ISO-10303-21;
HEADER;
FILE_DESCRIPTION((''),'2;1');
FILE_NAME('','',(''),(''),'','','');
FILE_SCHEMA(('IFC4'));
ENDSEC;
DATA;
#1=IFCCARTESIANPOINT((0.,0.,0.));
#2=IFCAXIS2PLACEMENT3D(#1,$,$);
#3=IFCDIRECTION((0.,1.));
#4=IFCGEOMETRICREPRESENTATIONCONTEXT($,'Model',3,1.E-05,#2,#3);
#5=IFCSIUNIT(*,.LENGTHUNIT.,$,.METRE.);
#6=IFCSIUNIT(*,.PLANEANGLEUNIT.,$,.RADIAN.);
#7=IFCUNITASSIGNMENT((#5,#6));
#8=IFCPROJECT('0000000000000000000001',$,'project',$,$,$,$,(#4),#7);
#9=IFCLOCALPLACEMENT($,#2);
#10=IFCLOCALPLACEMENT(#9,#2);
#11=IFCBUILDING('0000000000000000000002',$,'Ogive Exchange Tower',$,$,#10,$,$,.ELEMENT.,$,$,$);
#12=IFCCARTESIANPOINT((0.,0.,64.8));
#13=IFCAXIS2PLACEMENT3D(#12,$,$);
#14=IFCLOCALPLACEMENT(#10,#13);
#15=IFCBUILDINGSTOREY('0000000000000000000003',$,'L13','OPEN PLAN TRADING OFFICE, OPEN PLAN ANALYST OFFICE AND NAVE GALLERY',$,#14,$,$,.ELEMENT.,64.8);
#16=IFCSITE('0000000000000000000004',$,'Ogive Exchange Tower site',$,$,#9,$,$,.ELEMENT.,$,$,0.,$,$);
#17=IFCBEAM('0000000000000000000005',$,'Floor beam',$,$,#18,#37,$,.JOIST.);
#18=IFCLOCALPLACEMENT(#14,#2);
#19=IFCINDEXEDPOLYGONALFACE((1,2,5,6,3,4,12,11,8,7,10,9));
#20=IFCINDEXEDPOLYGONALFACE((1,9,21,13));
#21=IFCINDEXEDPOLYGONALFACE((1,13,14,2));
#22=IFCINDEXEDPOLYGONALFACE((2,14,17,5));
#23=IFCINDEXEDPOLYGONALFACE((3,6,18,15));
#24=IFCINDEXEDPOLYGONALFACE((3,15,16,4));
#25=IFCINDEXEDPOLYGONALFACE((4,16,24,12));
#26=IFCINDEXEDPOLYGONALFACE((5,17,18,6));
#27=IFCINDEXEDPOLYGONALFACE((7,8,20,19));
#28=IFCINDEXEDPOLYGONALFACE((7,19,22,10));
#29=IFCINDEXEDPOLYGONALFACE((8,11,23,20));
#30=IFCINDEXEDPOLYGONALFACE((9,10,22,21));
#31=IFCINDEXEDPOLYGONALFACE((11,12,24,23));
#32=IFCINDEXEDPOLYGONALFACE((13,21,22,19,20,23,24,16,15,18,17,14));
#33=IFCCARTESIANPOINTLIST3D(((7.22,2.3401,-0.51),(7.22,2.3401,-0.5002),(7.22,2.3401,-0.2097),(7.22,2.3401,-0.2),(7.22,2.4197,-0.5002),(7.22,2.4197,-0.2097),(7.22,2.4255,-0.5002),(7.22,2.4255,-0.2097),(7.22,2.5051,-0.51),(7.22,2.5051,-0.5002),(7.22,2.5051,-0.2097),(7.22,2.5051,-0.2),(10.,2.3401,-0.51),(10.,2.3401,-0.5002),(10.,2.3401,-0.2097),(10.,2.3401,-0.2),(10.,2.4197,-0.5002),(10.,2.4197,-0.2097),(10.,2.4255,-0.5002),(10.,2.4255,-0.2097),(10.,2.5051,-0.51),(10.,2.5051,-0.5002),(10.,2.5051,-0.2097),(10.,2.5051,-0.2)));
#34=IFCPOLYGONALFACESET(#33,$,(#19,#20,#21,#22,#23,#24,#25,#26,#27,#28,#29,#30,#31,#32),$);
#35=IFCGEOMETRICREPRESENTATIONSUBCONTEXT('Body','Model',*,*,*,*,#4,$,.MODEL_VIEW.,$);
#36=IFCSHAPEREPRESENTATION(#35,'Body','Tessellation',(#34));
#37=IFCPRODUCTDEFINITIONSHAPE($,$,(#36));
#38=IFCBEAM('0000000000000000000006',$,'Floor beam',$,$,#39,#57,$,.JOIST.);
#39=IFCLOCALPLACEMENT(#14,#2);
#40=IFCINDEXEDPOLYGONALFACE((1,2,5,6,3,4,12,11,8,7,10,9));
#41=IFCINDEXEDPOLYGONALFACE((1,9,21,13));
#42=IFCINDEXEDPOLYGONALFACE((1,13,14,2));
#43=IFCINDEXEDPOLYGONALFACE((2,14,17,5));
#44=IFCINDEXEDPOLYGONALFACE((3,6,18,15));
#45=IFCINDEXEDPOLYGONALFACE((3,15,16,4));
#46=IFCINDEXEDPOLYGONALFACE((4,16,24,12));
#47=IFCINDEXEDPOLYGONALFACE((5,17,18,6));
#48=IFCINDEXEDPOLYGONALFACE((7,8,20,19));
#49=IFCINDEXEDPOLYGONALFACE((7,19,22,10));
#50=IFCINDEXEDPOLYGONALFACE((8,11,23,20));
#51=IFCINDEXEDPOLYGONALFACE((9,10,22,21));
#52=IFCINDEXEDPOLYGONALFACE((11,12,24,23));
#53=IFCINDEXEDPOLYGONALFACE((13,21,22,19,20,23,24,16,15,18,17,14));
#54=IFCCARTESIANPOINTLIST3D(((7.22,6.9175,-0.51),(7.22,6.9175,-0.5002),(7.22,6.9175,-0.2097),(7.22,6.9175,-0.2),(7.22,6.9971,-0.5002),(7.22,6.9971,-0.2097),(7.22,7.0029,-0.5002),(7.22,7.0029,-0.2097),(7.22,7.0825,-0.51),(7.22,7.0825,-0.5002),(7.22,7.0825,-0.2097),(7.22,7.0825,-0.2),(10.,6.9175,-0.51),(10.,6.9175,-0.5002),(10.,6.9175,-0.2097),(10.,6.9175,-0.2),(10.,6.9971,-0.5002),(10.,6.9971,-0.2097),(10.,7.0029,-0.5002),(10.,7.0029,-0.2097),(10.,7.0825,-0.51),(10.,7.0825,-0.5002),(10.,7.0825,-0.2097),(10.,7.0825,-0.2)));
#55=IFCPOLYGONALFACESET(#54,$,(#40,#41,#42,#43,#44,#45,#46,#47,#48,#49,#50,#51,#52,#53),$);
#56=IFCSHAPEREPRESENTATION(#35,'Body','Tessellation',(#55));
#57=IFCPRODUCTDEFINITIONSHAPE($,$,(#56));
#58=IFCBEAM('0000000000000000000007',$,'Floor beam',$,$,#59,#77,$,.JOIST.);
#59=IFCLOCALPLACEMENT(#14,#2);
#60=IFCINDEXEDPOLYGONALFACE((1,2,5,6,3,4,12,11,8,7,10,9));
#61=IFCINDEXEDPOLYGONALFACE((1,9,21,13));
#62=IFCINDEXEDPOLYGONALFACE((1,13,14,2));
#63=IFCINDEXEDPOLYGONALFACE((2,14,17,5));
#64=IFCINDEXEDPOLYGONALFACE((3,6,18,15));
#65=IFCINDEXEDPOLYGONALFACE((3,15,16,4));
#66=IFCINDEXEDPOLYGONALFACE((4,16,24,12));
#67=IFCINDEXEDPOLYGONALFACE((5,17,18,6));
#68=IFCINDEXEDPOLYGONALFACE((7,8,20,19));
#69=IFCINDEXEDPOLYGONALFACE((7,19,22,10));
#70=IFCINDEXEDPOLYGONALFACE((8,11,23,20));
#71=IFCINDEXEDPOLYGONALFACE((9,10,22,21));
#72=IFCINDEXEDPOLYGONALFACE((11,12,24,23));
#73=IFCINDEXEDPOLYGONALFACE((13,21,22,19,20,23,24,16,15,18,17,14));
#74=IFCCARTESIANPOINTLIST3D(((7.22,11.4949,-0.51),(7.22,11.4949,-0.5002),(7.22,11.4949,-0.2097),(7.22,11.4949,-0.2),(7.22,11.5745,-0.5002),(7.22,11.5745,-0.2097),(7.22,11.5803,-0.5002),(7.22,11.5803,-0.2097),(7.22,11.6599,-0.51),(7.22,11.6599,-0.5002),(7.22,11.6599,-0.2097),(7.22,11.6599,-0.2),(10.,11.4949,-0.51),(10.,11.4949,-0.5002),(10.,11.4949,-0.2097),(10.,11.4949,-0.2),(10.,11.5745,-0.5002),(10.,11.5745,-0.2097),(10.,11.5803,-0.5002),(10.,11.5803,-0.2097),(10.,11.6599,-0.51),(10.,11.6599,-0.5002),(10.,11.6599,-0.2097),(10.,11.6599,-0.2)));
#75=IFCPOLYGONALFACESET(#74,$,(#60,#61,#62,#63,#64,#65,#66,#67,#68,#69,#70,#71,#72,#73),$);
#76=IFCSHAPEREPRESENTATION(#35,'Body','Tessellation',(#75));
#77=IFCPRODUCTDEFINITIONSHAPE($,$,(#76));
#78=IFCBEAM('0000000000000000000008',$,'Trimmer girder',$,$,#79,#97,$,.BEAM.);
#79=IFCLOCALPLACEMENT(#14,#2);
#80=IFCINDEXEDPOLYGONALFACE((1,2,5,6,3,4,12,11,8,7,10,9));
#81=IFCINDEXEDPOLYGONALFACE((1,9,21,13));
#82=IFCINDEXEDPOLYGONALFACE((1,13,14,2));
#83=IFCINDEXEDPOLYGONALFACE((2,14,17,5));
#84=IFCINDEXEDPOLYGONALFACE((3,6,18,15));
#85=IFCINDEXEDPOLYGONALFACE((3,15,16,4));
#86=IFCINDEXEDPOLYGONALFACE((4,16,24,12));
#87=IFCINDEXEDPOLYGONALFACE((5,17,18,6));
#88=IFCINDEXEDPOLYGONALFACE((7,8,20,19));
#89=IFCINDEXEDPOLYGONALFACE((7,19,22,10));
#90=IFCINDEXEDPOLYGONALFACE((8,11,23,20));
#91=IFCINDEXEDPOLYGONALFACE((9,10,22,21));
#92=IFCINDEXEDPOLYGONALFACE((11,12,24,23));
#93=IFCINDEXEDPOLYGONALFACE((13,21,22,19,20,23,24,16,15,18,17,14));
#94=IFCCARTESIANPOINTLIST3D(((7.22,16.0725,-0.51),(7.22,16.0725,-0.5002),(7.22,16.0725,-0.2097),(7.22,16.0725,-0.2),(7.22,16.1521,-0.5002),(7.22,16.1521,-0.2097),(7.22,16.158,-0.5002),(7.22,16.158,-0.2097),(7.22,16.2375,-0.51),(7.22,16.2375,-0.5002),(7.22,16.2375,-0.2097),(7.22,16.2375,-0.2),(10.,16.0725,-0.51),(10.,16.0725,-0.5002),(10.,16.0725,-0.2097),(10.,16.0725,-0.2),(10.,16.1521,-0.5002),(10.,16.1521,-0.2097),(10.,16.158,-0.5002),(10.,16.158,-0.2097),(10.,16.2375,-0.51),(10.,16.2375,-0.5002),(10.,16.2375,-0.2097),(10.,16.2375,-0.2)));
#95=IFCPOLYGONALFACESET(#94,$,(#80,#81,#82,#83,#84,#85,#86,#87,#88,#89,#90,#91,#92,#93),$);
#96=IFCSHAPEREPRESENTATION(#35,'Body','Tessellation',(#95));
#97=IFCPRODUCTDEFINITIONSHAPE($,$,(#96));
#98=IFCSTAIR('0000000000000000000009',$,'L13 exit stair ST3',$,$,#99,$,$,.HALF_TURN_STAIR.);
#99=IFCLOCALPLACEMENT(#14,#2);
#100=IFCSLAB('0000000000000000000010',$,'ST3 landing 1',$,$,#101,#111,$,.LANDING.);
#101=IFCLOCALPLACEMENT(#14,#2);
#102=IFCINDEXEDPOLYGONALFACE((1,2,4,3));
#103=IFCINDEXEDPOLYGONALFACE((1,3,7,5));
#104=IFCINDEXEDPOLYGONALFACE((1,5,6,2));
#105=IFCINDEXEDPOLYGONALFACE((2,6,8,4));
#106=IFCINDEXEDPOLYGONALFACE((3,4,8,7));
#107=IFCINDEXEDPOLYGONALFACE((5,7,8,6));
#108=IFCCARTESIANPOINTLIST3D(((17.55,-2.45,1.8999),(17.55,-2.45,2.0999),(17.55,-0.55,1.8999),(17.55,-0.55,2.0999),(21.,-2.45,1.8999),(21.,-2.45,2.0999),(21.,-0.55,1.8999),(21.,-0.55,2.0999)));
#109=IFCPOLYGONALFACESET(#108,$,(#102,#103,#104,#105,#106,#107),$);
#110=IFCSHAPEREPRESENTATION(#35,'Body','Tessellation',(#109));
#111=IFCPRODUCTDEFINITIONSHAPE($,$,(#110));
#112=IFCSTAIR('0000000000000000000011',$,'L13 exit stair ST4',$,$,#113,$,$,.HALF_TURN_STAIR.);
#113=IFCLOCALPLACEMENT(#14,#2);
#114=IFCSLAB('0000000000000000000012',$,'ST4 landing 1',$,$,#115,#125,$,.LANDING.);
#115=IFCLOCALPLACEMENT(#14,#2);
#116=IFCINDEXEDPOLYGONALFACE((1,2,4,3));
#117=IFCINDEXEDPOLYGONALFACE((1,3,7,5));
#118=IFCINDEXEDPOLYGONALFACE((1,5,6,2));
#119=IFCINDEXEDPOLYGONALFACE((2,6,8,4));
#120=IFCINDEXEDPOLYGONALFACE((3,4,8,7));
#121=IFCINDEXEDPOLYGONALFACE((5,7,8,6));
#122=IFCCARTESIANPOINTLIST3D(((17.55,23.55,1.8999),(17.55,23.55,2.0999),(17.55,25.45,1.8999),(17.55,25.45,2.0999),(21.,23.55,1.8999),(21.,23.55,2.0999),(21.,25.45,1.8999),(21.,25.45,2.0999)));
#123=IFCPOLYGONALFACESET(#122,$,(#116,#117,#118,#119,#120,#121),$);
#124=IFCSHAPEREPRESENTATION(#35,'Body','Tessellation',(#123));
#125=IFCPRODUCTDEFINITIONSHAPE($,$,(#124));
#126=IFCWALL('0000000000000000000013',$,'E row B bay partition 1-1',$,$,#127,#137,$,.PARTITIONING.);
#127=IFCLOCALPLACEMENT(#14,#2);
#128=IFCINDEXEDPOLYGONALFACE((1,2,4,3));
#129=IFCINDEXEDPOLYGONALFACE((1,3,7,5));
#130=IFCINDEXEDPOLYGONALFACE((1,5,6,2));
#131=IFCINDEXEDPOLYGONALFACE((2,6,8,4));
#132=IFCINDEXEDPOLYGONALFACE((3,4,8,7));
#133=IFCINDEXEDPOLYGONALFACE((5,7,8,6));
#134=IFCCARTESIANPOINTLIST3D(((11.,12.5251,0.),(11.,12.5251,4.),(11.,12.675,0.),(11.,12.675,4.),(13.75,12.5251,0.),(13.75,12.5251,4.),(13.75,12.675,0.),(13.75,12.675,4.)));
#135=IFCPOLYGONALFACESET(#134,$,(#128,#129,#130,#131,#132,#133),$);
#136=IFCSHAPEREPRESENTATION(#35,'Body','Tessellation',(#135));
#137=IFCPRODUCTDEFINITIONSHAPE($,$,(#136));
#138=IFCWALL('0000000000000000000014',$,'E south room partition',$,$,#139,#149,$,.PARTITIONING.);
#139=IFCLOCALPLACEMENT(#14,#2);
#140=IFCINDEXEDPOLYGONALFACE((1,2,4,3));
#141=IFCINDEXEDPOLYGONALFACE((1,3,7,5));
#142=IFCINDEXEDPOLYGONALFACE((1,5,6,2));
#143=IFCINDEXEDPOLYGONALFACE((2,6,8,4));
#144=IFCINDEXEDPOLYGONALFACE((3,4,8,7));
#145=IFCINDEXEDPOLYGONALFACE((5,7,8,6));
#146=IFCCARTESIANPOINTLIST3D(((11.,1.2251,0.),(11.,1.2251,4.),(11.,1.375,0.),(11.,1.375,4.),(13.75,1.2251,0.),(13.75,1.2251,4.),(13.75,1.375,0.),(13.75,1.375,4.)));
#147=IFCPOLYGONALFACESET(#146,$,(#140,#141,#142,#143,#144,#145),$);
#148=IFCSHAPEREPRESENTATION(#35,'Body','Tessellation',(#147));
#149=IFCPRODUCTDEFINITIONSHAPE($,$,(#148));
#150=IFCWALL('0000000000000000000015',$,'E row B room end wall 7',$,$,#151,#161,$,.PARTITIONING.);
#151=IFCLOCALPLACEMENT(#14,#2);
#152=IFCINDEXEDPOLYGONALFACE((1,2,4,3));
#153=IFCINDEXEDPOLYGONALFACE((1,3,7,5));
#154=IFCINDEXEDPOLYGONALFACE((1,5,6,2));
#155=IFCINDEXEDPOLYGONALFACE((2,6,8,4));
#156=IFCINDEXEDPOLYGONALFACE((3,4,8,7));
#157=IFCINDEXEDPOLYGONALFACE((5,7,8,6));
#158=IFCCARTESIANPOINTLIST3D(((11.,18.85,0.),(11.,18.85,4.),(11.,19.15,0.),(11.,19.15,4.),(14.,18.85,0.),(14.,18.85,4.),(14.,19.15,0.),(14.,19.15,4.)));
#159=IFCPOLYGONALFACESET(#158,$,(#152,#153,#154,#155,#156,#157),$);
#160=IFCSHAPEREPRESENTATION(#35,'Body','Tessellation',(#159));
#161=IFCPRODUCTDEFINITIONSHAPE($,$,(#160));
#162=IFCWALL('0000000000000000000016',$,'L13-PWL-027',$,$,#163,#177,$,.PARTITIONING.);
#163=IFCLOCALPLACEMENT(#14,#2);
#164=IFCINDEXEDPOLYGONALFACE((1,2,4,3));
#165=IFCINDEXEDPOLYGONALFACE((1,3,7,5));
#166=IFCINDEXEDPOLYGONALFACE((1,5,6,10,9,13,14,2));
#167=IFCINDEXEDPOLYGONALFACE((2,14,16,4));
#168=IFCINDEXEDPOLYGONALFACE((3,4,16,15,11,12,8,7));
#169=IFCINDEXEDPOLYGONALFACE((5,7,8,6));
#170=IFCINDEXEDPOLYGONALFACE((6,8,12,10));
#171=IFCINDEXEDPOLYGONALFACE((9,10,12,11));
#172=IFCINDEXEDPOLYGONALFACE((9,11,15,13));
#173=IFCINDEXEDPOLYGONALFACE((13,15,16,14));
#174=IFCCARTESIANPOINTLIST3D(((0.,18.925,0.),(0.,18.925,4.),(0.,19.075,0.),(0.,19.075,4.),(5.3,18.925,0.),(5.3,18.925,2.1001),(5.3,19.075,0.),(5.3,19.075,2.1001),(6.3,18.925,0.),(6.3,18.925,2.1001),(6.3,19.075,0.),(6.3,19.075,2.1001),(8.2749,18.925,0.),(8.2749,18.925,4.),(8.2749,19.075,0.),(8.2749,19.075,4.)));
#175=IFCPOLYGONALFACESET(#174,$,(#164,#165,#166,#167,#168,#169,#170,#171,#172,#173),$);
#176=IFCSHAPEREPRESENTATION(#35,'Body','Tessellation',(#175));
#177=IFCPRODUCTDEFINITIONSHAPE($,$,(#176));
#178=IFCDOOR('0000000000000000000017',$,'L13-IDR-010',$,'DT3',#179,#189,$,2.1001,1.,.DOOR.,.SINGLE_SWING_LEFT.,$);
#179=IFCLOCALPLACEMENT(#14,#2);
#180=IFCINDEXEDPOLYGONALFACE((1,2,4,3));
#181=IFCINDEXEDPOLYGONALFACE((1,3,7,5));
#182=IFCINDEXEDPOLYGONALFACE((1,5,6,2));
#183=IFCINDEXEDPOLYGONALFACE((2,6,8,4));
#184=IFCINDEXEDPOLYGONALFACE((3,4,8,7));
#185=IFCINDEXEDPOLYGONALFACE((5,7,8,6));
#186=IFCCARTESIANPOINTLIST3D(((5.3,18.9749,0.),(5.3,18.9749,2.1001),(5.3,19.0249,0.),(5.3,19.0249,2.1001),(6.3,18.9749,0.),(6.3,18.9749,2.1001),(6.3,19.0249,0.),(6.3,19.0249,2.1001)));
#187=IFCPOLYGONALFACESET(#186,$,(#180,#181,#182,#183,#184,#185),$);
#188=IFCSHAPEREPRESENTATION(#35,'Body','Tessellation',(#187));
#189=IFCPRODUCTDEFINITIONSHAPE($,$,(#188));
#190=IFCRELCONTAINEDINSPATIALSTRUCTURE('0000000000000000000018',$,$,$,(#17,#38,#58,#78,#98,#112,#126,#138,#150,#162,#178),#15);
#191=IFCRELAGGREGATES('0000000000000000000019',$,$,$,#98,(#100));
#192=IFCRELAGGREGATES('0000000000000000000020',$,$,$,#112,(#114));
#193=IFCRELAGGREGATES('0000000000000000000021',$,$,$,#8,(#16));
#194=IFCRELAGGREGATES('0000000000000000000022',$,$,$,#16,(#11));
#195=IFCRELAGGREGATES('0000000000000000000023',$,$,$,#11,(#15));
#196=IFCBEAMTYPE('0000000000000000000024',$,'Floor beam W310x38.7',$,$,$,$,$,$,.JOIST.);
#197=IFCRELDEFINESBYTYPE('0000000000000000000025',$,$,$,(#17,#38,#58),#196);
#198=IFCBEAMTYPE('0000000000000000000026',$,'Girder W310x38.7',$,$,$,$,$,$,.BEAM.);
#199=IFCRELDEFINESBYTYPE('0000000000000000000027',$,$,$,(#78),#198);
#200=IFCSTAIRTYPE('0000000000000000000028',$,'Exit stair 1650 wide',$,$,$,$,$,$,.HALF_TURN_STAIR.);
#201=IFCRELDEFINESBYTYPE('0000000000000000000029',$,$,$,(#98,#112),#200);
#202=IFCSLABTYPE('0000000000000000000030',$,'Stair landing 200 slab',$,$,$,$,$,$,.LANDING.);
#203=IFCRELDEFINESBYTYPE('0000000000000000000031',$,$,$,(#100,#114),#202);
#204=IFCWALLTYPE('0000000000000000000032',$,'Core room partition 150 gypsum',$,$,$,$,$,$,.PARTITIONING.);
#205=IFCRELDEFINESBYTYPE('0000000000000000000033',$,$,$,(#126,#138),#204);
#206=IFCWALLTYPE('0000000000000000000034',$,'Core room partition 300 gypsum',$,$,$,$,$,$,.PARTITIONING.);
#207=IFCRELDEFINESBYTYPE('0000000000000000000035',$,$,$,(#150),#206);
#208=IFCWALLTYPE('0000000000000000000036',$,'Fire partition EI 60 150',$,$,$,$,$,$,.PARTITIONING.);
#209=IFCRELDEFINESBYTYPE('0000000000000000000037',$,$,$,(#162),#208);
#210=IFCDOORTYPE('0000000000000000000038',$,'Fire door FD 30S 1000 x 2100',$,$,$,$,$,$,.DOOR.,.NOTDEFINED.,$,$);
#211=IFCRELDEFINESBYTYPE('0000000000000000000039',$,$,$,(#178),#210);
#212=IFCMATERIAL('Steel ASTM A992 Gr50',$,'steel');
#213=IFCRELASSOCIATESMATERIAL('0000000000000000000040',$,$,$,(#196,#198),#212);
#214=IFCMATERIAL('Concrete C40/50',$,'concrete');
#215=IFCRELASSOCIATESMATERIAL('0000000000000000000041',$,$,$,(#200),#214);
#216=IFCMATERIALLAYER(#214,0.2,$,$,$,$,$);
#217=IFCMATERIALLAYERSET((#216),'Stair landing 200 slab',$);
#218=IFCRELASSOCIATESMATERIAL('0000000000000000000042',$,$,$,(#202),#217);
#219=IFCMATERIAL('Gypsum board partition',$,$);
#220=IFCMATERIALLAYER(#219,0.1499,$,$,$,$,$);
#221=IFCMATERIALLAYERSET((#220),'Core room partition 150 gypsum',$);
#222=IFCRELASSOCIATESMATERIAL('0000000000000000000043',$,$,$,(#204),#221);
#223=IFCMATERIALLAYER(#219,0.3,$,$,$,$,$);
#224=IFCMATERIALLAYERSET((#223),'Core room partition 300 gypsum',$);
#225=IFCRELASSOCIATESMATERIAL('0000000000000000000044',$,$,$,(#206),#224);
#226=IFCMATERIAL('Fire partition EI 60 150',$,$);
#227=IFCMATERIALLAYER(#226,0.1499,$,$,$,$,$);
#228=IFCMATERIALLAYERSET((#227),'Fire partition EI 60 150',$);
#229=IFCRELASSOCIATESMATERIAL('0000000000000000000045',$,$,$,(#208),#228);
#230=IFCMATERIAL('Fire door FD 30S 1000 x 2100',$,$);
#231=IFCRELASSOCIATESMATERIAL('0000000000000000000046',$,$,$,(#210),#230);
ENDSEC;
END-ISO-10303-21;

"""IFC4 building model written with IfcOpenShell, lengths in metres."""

from ifc_helpers import new_model, si_unit, direction, frame, frame_2d, origin, origin_2d, place, context, subcontext, project, spatial, polyline, rectangle, i_section, outline, extrude, material, layer, layer_set, material_profile, profile_set, type_object, element, fill, aggregate, save


model = new_model("IFC4")

# Units and contexts
model_context = context("Model", 3, precision=1e-05, world=origin(), true_north=direction((0.0, 1.0)))
body_context = subcontext(model_context, "Body", "Model", "MODEL_VIEW")
ifc_project = project(units=[si_unit("LENGTHUNIT", "METRE"), si_unit("PLANEANGLEUNIT", "RADIAN")], contexts=[model_context])

# Site, building, storey
site_placement = place(None, origin())
site = spatial("IfcSite", under=ifc_project, at=site_placement, Name="Ogive Exchange Tower site", CompositionType="ELEMENT", RefElevation=0.0)
building_placement = place(site_placement, origin())
building = spatial("IfcBuilding", under=site, at=building_placement, Name="Ogive Exchange Tower", CompositionType="ELEMENT")
storey_placement = place(building_placement, frame((0.0, 0.0, 64.8)))
storey = spatial("IfcBuildingStorey", under=building, at=storey_placement, Name="L13", Description="OPEN PLAN TRADING OFFICE, OPEN PLAN ANALYST OFFICE AND NAVE GALLERY", CompositionType="ELEMENT", Elevation=64.8)

# Beams
ifc_material_1 = material(Name="Steel ASTM A992 Gr50", Category="steel")
ifc_material_profile_1 = material_profile(ifc_material_1, i_section(OverallWidth=0.165, OverallDepth=0.3101, WebThickness=0.0059, FlangeThickness=0.0098, at=origin_2d()), Name="W310x38.7")
ifc_profile_set_1 = profile_set([ifc_material_profile_1], Name="Steel ASTM A992 Gr50")
beam_type_1 = type_object("IfcBeamType", Name="Floor beam W310x38.7", PredefinedType="JOIST", material=ifc_profile_set_1)
for number, where, z_axis, x_axis, name in (
    (1, (7.22, 2.4226, -0.355), (1.0, 0.0, 0.0), (0.0, 1.0, 0.0), "Floor beam"),
    (2, (7.22, 7.0, -0.355), (1.0, 0.0, 0.0), (0.0, 1.0, 0.0), "Floor beam"),
    (3, (7.22, 11.5774, -0.355), (1.0, 0.0, 0.0), (0.0, 1.0, 0.0), "Floor beam"),
):
    element("IfcBeam", number, at=place(storey_placement, frame(where, z_axis=z_axis, x_axis=x_axis)), inside=storey, type_object=beam_type_1, Name=name, PredefinedType="JOIST", context=body_context, shape_type="SweptSolid", body=[
        extrude(i_section(OverallWidth=0.165, OverallDepth=0.3101, WebThickness=0.0059, FlangeThickness=0.0098, at=origin_2d()), origin(), (0.0, 0.0, 1.0), 2.78),
    ])
ifc_material_profile_2 = material_profile(ifc_material_1, i_section(OverallWidth=0.165, OverallDepth=0.3101, WebThickness=0.0059, FlangeThickness=0.0098, at=origin_2d()), Name="W310x38.7")
ifc_profile_set_2 = profile_set([ifc_material_profile_2], Name="Steel ASTM A992 Gr50")
beam_type_2 = type_object("IfcBeamType", Name="Girder W310x38.7", PredefinedType="BEAM", material=ifc_profile_set_2)
beam_placement = place(storey_placement, frame((7.22, 16.155, -0.355), z_axis=(1.0, 0.0, 0.0), x_axis=(0.0, 1.0, 0.0)))
element("IfcBeam", 4, at=beam_placement, inside=storey, type_object=beam_type_2, Name="Trimmer girder", PredefinedType="BEAM", context=body_context, shape_type="SweptSolid", body=[
    extrude(i_section(OverallWidth=0.165, OverallDepth=0.3101, WebThickness=0.0059, FlangeThickness=0.0098, at=origin_2d()), origin(), (0.0, 0.0, 1.0), 2.78),
])

# Stairs, slabs
ifc_material_2 = material(Name="Concrete C40/50", Category="concrete")
stair_type = type_object("IfcStairType", Name="Exit stair 1650 wide", PredefinedType="HALF_TURN_STAIR", material=ifc_material_2)
stair_1_placement = place(storey_placement, origin())
stair_1 = element("IfcStair", 5, at=stair_1_placement, inside=storey, type_object=stair_type, Name="L13 exit stair ST3", PredefinedType="HALF_TURN_STAIR")
ifc_layer_1 = layer(ifc_material_2, 0.2)
ifc_layer_set_1 = layer_set([ifc_layer_1], Name="Stair landing 200 slab")
slab_type = type_object("IfcSlabType", Name="Stair landing 200 slab", PredefinedType="LANDING", material=ifc_layer_set_1)
slab_1_placement = place(storey_placement, frame((0.0, 0.0, 1.8999)))
slab_1 = element("IfcSlab", 6, at=slab_1_placement, type_object=slab_type, Name="ST3 landing 1", PredefinedType="LANDING", context=body_context, shape_type="SweptSolid", body=[
    extrude(outline(polyline([(17.55, -0.55), (17.55, -2.45), (21.0, -2.45), (21.0, -0.55), (17.55, -0.55)])), origin(), (0.0, 0.0, 1.0), 0.2),
])
aggregate(stair_1, [slab_1])
stair_2_placement = place(storey_placement, origin())
stair_2 = element("IfcStair", 7, at=stair_2_placement, inside=storey, type_object=stair_type, Name="L13 exit stair ST4", PredefinedType="HALF_TURN_STAIR")
slab_2_placement = place(storey_placement, frame((0.0, 0.0, 1.8999)))
slab_2 = element("IfcSlab", 8, at=slab_2_placement, type_object=slab_type, Name="ST4 landing 1", PredefinedType="LANDING", context=body_context, shape_type="SweptSolid", body=[
    extrude(outline(polyline([(21.0, 23.55), (21.0, 25.45), (17.55, 25.45), (17.55, 23.55), (21.0, 23.55)])), origin(), (0.0, 0.0, 1.0), 0.2),
])
aggregate(stair_2, [slab_2])

# Walls
ifc_material_3 = material(Name="Gypsum board partition")
ifc_layer_2 = layer(ifc_material_3, 0.1499)
ifc_layer_set_2 = layer_set([ifc_layer_2], Name="Core room partition 150 gypsum")
wall_type_1 = type_object("IfcWallType", Name="Core room partition 150 gypsum", PredefinedType="PARTITIONING", material=ifc_layer_set_2)
for number, where, z_axis, x_axis, name in (
    (9, (11.0, 12.6001, 0.0), (0.0, 0.0, 1.0), (1.0, 0.0, 0.0), "E row B bay partition 1-1"),
    (10, (11.0, 1.3, 0.0), (0.0, 0.0, 1.0), (1.0, 0.0, 0.0), "E south room partition"),
):
    element("IfcWall", number, at=place(storey_placement, frame(where, z_axis=z_axis, x_axis=x_axis)), inside=storey, type_object=wall_type_1, Name=name, PredefinedType="PARTITIONING", context=body_context, shape_type="SweptSolid", body=[
        extrude(rectangle(XDim=2.75, YDim=0.1499, at=frame_2d((1.375, 0.0))), origin(), (0.0, 0.0, 1.0), 4.0),
    ])
ifc_layer_3 = layer(ifc_material_3, 0.3)
ifc_layer_set_3 = layer_set([ifc_layer_3], Name="Core room partition 300 gypsum")
wall_type_2 = type_object("IfcWallType", Name="Core room partition 300 gypsum", PredefinedType="PARTITIONING", material=ifc_layer_set_3)
wall_1_placement = place(storey_placement, frame((11.0, 19.0, 0.0), z_axis=(0.0, 0.0, 1.0), x_axis=(1.0, 0.0, 0.0)))
element("IfcWall", 11, at=wall_1_placement, inside=storey, type_object=wall_type_2, Name="E row B room end wall 7", PredefinedType="PARTITIONING", context=body_context, shape_type="SweptSolid", body=[
    extrude(rectangle(XDim=3.0, YDim=0.3, at=frame_2d((1.5, 0.0))), origin(), (0.0, 0.0, 1.0), 4.0),
])

# Wall, opening, door
ifc_material_4 = material(Name="Fire partition EI 60 150")
ifc_layer_4 = layer(ifc_material_4, 0.1499)
ifc_layer_set_4 = layer_set([ifc_layer_4], Name="Fire partition EI 60 150")
wall_type_3 = type_object("IfcWallType", Name="Fire partition EI 60 150", PredefinedType="PARTITIONING", material=ifc_layer_set_4)
wall_2_placement = place(storey_placement, frame((0.0, 19.0, 0.0), z_axis=(0.0, 0.0, 1.0), x_axis=(1.0, 0.0, 0.0)))
wall_2 = element("IfcWall", 12, at=wall_2_placement, inside=storey, type_object=wall_type_3, Name="L13-PWL-027", PredefinedType="PARTITIONING", context=body_context, shape_type="SweptSolid", body=[
    extrude(rectangle(XDim=8.2749, YDim=0.1499, at=frame_2d((4.1375, 0.0))), origin(), (0.0, 0.0, 1.0), 4.0),
])
opening_1_placement = place(wall_2_placement, frame((5.3, 0.0, 0.0)))
opening_1 = element("IfcOpeningElement", 13, at=opening_1_placement, cuts=wall_2, PredefinedType="OPENING", context=body_context, shape_type="SweptSolid", body=[
    extrude(rectangle(XDim=1.0, YDim=2.1001, at=frame_2d((0.5, 1.05))), frame((0.0, 0.085, 0.0), z_axis=(0.0, -1.0, 0.0), x_axis=(1.0, 0.0, 0.0)), (0.0, 0.0, 1.0), 0.1699),
])
ifc_material_5 = material(Name="Fire door FD 30S 1000 x 2100")
door_type_1 = type_object("IfcDoorType", Name="Fire door FD 30S 1000 x 2100", OperationType="NOTDEFINED", PredefinedType="DOOR", material=ifc_material_5)
door_1_placement = place(opening_1_placement, origin())
door_1 = element("IfcDoor", 14, at=door_1_placement, inside=storey, type_object=door_type_1, Name="L13-IDR-010", ObjectType="DT3", OperationType="SINGLE_SWING_LEFT", OverallHeight=2.1001, OverallWidth=1.0, PredefinedType="DOOR", context=body_context, shape_type="SweptSolid", body=[
    extrude(rectangle(XDim=1.0, YDim=2.1001, at=frame_2d((0.5, 1.05))), frame((0.0, 0.0249, 0.0), z_axis=(0.0, -1.0, 0.0), x_axis=(1.0, 0.0, 0.0)), (0.0, 0.0, 1.0), 0.05),
])
fill(opening_1, door_1)

save(model, "model.ifc")
